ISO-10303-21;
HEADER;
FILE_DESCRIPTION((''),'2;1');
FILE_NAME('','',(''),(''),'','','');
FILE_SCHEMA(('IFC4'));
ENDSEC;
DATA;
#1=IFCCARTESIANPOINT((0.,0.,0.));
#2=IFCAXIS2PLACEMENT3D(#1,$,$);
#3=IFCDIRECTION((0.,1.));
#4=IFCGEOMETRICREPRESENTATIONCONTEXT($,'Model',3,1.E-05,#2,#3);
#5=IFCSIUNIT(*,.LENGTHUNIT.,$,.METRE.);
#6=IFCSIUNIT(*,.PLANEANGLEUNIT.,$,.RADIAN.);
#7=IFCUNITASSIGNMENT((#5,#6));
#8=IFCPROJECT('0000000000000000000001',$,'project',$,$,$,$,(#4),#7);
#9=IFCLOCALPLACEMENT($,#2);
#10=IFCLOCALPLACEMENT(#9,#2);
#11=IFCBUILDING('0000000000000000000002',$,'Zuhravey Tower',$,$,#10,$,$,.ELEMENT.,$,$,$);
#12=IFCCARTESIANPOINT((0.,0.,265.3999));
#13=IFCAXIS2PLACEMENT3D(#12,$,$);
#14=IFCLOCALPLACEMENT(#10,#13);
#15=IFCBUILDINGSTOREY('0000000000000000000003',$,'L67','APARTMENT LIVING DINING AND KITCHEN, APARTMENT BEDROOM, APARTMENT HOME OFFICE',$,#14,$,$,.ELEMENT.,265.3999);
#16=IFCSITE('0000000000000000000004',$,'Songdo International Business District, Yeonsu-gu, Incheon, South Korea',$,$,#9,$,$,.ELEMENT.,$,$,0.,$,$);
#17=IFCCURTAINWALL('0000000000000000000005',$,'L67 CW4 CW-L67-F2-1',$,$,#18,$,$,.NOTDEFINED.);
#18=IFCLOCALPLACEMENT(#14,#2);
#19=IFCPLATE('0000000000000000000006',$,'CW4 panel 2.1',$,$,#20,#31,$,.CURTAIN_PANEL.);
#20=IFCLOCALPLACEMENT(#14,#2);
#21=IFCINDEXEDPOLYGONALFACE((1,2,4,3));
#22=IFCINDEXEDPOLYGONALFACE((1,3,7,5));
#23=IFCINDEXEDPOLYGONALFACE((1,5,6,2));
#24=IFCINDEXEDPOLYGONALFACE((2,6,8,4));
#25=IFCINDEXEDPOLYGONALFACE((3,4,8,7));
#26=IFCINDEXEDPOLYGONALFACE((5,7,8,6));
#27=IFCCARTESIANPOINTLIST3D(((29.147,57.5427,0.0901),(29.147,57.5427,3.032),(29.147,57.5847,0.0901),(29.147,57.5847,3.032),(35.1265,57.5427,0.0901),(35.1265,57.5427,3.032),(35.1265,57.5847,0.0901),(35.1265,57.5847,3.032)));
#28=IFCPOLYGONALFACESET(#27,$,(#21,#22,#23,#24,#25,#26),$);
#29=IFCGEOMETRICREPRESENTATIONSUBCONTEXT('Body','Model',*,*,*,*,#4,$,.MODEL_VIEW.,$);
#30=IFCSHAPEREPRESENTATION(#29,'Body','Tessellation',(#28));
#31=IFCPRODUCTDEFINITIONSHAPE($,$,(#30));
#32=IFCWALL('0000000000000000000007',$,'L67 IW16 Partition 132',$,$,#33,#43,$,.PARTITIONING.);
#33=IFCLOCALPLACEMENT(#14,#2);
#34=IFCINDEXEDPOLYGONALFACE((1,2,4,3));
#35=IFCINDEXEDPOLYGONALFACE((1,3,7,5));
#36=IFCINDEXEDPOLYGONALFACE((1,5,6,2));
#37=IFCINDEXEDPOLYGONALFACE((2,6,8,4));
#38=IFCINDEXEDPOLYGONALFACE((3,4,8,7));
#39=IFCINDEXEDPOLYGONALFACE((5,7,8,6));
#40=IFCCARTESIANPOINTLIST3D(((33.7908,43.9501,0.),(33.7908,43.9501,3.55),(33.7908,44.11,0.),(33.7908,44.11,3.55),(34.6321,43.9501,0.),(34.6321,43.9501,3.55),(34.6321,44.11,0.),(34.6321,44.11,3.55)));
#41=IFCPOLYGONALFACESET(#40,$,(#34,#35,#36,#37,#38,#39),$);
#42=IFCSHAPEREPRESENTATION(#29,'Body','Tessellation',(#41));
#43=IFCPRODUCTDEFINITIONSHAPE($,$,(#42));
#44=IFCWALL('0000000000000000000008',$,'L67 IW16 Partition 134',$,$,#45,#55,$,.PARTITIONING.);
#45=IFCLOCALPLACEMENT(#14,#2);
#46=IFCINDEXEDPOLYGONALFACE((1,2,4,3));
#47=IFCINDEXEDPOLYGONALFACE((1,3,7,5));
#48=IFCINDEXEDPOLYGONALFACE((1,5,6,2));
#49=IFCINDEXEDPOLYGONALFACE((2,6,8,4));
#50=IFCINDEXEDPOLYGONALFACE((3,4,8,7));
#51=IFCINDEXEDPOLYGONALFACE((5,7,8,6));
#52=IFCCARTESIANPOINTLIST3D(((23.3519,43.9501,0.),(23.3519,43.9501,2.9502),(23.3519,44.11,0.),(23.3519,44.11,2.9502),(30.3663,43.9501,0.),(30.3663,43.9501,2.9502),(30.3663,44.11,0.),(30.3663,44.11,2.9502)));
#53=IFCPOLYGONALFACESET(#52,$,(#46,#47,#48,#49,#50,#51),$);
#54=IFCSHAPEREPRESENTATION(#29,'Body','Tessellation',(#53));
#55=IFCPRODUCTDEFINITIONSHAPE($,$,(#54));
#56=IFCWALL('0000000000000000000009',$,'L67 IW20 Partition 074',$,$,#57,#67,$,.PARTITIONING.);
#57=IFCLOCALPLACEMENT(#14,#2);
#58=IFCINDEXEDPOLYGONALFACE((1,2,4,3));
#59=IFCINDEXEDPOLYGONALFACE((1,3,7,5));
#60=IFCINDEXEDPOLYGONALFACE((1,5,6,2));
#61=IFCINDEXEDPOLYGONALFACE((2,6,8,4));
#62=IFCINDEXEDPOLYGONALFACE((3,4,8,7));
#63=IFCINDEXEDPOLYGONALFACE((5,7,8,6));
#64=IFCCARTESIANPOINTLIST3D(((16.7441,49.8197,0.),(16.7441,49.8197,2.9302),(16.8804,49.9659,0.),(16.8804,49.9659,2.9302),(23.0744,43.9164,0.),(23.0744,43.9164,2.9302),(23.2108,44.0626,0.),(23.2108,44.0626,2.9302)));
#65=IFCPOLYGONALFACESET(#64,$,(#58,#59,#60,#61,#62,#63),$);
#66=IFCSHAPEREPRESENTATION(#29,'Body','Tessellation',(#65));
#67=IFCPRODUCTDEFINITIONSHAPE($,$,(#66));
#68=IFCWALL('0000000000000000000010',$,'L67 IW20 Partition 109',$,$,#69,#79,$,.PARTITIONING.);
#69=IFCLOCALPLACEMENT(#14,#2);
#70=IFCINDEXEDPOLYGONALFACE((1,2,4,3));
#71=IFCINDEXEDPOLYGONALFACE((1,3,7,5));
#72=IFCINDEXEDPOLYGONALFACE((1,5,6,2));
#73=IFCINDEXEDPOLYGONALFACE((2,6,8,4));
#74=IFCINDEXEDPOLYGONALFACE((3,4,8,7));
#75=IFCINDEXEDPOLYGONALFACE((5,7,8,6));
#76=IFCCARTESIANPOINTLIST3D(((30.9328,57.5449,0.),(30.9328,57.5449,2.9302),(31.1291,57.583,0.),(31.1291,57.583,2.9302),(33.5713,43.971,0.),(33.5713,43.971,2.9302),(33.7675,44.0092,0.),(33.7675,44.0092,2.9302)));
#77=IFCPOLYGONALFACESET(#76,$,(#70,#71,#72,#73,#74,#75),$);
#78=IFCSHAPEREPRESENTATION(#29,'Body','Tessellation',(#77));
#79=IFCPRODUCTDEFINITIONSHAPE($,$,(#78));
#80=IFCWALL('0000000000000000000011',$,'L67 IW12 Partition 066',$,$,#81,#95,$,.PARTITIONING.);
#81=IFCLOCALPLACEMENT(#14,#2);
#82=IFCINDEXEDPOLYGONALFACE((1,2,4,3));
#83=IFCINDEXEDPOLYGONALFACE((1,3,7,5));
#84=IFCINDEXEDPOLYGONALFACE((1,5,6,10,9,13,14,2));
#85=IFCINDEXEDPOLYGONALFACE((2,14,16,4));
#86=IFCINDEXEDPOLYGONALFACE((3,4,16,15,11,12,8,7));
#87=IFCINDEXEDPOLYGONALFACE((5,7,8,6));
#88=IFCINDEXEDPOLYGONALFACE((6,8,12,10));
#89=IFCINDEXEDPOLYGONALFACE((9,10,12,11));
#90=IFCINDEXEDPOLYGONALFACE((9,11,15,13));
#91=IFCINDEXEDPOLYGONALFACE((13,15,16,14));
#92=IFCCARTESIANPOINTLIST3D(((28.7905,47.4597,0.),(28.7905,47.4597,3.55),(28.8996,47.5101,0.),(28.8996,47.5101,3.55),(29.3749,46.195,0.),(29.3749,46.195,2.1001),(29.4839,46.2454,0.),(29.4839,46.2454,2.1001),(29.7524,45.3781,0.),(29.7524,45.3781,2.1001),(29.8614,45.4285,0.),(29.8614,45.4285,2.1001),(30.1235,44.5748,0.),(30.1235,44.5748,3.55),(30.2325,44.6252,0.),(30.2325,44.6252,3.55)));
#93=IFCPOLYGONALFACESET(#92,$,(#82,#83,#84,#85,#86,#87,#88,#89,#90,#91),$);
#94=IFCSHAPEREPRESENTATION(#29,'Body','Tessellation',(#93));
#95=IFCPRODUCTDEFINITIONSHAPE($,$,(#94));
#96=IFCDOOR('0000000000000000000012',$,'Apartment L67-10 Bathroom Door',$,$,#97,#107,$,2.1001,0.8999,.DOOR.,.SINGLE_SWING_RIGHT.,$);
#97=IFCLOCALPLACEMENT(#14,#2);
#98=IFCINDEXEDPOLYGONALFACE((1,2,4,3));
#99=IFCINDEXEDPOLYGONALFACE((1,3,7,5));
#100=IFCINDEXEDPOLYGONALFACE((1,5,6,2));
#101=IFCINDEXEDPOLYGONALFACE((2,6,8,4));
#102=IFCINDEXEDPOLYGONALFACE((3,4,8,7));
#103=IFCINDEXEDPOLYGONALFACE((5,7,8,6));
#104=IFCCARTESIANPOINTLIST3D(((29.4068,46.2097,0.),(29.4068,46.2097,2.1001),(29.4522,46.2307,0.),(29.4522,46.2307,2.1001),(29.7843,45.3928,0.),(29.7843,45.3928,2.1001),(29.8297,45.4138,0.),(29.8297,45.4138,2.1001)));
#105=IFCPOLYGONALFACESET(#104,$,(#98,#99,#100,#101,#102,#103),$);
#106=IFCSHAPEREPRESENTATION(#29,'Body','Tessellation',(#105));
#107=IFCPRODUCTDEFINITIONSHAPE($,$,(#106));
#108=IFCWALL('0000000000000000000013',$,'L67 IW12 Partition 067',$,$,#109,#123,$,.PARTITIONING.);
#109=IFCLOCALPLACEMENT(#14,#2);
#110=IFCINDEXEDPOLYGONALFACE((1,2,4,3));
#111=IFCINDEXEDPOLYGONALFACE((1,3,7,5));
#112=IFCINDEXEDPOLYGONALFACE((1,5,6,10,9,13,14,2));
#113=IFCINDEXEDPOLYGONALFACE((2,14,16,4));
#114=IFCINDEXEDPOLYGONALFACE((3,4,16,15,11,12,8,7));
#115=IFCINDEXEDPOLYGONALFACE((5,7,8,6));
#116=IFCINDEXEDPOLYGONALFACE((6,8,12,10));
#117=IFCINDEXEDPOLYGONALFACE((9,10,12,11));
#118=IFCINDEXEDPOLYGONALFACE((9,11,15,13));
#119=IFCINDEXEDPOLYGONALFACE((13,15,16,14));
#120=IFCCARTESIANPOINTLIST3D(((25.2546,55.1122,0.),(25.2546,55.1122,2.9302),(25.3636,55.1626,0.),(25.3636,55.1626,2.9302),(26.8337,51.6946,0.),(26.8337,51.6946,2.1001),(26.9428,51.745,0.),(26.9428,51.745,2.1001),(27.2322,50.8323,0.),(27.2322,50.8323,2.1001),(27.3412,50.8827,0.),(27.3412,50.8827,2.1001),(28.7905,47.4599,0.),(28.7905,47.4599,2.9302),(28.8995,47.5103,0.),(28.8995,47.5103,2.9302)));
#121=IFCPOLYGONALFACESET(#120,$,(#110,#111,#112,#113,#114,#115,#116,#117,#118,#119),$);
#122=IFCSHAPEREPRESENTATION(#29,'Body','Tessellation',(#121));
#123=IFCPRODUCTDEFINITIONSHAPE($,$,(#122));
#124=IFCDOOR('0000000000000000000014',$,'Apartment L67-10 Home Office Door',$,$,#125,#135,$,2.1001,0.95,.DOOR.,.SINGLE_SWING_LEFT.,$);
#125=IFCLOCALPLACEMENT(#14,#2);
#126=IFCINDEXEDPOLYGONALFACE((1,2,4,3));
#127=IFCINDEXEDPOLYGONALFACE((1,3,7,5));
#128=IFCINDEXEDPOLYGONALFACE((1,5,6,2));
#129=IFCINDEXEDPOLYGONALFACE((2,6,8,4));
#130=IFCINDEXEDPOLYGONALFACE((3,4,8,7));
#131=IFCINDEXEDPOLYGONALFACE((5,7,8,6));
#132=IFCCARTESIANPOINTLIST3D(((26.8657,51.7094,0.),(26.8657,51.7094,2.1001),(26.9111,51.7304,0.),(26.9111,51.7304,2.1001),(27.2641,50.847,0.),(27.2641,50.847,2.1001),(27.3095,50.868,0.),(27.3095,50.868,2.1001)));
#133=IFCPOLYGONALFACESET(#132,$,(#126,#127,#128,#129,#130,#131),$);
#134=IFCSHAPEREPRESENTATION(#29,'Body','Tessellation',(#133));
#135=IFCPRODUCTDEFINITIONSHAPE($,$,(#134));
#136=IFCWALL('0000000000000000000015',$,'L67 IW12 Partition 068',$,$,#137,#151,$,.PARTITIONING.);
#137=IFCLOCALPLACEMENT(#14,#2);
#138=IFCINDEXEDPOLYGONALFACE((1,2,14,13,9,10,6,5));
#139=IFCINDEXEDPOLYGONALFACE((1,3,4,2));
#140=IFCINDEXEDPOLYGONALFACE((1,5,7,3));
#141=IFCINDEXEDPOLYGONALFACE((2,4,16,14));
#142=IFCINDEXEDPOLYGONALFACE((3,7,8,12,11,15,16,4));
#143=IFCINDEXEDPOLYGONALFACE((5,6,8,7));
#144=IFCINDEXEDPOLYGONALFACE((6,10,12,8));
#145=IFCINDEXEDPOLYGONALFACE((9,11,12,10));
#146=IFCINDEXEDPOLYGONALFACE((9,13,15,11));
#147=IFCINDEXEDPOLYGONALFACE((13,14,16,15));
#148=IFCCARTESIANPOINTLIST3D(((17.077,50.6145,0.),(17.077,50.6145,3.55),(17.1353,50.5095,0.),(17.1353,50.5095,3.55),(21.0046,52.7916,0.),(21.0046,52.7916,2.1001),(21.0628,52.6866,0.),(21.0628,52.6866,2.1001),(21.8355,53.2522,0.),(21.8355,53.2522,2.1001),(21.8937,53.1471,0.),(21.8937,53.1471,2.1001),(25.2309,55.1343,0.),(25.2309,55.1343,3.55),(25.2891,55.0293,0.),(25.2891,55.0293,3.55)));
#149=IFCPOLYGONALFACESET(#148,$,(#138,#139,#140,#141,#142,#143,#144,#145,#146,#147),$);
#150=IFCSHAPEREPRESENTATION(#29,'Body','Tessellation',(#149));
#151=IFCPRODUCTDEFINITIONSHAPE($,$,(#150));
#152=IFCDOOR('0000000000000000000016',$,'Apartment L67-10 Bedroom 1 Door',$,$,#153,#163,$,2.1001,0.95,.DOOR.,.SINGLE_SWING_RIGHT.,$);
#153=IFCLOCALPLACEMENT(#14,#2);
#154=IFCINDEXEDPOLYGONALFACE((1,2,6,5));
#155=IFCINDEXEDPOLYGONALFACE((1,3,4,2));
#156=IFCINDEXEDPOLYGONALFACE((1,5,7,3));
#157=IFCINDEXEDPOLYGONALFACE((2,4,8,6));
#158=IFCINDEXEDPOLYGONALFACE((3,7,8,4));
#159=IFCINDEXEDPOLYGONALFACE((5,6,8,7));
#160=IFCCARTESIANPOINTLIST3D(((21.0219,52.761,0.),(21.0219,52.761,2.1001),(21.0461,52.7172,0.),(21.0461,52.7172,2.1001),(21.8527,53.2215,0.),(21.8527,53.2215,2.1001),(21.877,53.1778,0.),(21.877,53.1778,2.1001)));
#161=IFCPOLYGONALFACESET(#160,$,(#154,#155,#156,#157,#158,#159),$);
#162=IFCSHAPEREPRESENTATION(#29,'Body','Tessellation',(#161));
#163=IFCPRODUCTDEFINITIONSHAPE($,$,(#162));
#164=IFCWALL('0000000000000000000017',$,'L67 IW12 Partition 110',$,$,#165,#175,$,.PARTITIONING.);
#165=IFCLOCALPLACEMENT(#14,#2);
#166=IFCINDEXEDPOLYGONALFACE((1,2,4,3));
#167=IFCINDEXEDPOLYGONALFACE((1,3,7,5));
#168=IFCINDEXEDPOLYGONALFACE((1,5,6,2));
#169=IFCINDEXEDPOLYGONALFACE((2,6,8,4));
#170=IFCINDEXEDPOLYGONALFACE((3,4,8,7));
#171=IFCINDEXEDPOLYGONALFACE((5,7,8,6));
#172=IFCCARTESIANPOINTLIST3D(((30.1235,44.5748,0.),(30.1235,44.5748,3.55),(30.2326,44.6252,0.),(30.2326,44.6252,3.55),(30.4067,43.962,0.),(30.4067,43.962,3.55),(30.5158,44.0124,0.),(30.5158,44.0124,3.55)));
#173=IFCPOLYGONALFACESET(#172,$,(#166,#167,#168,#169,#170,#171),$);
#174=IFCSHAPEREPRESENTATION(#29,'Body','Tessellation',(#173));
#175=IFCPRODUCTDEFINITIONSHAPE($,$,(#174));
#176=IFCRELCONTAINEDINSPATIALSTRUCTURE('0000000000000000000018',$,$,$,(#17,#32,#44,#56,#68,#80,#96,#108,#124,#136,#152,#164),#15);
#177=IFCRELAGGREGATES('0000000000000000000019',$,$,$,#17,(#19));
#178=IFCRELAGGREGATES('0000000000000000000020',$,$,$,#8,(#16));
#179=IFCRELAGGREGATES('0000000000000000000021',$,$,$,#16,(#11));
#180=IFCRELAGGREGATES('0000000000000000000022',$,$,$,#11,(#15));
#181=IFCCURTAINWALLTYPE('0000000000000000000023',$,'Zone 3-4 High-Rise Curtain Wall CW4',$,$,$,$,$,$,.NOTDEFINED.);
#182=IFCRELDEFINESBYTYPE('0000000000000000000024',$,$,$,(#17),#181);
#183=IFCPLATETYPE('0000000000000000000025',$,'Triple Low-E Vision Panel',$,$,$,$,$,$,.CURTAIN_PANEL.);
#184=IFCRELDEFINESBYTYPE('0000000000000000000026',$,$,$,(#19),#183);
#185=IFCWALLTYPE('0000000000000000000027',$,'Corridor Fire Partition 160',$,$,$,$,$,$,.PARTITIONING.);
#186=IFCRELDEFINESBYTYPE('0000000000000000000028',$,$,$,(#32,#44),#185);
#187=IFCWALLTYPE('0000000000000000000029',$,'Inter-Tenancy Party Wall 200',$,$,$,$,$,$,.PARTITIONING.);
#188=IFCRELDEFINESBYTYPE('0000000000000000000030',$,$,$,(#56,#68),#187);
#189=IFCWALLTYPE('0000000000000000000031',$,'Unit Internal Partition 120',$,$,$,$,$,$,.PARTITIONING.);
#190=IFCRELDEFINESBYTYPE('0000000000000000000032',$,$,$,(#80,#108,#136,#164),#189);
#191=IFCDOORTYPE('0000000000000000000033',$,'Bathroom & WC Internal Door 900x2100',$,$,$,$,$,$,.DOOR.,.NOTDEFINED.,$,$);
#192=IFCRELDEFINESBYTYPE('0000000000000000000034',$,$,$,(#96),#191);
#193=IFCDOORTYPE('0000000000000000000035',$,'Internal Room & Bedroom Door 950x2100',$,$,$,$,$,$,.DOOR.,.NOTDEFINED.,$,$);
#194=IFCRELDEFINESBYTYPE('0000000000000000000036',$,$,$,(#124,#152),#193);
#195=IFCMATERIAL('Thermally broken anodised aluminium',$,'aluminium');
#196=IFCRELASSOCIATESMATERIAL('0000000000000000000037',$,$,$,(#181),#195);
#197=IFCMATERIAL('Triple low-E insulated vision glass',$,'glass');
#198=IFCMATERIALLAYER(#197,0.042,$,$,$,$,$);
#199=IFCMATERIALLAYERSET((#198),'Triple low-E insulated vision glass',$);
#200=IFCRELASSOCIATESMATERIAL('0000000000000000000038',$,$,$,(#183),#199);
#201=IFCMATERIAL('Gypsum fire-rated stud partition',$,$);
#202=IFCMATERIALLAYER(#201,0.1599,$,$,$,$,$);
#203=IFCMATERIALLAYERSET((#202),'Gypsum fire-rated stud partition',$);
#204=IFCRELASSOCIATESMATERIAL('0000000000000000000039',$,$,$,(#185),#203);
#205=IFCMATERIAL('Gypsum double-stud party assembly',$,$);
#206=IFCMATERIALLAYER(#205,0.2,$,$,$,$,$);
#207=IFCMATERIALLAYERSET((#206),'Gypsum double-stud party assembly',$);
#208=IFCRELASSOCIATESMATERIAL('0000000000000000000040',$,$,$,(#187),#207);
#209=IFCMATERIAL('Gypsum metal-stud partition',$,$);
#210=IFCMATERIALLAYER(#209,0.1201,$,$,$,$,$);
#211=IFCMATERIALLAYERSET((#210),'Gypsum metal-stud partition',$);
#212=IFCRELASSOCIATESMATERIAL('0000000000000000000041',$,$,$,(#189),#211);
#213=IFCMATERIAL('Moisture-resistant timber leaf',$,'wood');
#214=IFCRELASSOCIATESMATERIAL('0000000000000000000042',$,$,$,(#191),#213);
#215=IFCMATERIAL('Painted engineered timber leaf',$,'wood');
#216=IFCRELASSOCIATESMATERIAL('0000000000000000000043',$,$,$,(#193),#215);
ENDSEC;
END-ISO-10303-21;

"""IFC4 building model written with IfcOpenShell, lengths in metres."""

from ifc_helpers import new_model, si_unit, direction, frame, frame_2d, origin, origin_2d, place, context, subcontext, project, spatial, rectangle, extrude, material, layer, layer_set, type_object, element, fill, aggregate, save


model = new_model("IFC4")

# Units and contexts
model_context = context("Model", 3, precision=1e-05, world=origin(), true_north=direction((0.0, 1.0)))
body_context = subcontext(model_context, "Body", "Model", "MODEL_VIEW")
ifc_project = project(units=[si_unit("LENGTHUNIT", "METRE"), si_unit("PLANEANGLEUNIT", "RADIAN")], contexts=[model_context])

# Site, building, storey
site_placement = place(None, origin())
site = spatial("IfcSite", under=ifc_project, at=site_placement, Name="Songdo International Business District, Yeonsu-gu, Incheon, South Korea", CompositionType="ELEMENT", RefElevation=0.0)
building_placement = place(site_placement, origin())
building = spatial("IfcBuilding", under=site, at=building_placement, Name="Zuhravey Tower", CompositionType="ELEMENT")
storey_placement = place(building_placement, frame((0.0, 0.0, 265.3999)))
storey = spatial("IfcBuildingStorey", under=building, at=storey_placement, Name="L67", Description="APARTMENT LIVING DINING AND KITCHEN, APARTMENT BEDROOM, APARTMENT HOME OFFICE", CompositionType="ELEMENT", Elevation=265.3999)

# Curtain wall
ifc_material_1 = material(Name="Thermally broken anodised aluminium", Category="aluminium")
curtain_wall_type = type_object("IfcCurtainWallType", Name="Zone 3-4 High-Rise Curtain Wall CW4", PredefinedType="NOTDEFINED", material=ifc_material_1)
curtain_wall_placement = place(storey_placement, origin())
curtain_wall = element("IfcCurtainWall", 1, at=curtain_wall_placement, inside=storey, type_object=curtain_wall_type, Name="L67 CW4 CW-L67-F2-1", PredefinedType="NOTDEFINED")

# Plate
ifc_material_2 = material(Name="Triple low-E insulated vision glass", Category="glass")
ifc_layer_1 = layer(ifc_material_2, 0.042)
ifc_layer_set_1 = layer_set([ifc_layer_1], Name="Triple low-E insulated vision glass")
plate_type = type_object("IfcPlateType", Name="Triple Low-E Vision Panel", PredefinedType="CURTAIN_PANEL", material=ifc_layer_set_1)
plate_1_placement = place(storey_placement, frame((32.1367, 57.5637, 0.0901), z_axis=(0.0, 0.0, 1.0), x_axis=(1.0, 0.0, 0.0)))
plate_1 = element("IfcPlate", 2, at=plate_1_placement, type_object=plate_type, Name="CW4 panel 2.1", PredefinedType="CURTAIN_PANEL", context=body_context, shape_type="SweptSolid", body=[
    extrude(rectangle(XDim=5.9795, YDim=0.042, at=origin_2d()), origin(), (0.0, 0.0, 1.0), 2.9419),
])
aggregate(curtain_wall, [plate_1])

# Shared definitions
ifc_material_3 = material(Name="Gypsum fire-rated stud partition")
ifc_layer_2 = layer(ifc_material_3, 0.1599)
ifc_layer_set_2 = layer_set([ifc_layer_2], Name="Gypsum fire-rated stud partition")
wall_type_1 = type_object("IfcWallType", Name="Corridor Fire Partition 160", PredefinedType="PARTITIONING", material=ifc_layer_set_2)

# Walls
wall_1_placement = place(storey_placement, frame((34.6321, 44.03, 0.0), z_axis=(0.0, 0.0, 1.0), x_axis=(-1.0, 0.0, 0.0)))
element("IfcWall", 3, at=wall_1_placement, inside=storey, type_object=wall_type_1, Name="L67 IW16 Partition 132", PredefinedType="PARTITIONING", context=body_context, shape_type="SweptSolid", body=[
    extrude(rectangle(XDim=0.8413, YDim=0.1599, at=frame_2d((0.4207, 0.0))), origin(), (0.0, 0.0, 1.0), 3.55),
])
wall_2_placement = place(storey_placement, frame((30.3665, 44.03, 0.0), z_axis=(0.0, 0.0, 1.0), x_axis=(-1.0, 0.0, 0.0)))
element("IfcWall", 4, at=wall_2_placement, inside=storey, type_object=wall_type_1, Name="L67 IW16 Partition 134", PredefinedType="PARTITIONING", context=body_context, shape_type="SweptSolid", body=[
    extrude(rectangle(XDim=7.0144, YDim=0.1599, at=frame_2d((3.5073, 0.0))), origin(), (0.0, 0.0, 1.0), 2.9502),
])
ifc_material_4 = material(Name="Gypsum double-stud party assembly")
ifc_layer_3 = layer(ifc_material_4, 0.2)
ifc_layer_set_3 = layer_set([ifc_layer_3], Name="Gypsum double-stud party assembly")
wall_type_2 = type_object("IfcWallType", Name="Inter-Tenancy Party Wall 200", PredefinedType="PARTITIONING", material=ifc_layer_set_3)
wall_3_placement = place(storey_placement, frame((23.1426, 43.9895, 0.0), z_axis=(0.0, 0.0, 1.0), x_axis=(-0.731342, 0.682011, 0.0)))
element("IfcWall", 5, at=wall_3_placement, inside=storey, type_object=wall_type_2, Name="L67 IW20 Partition 074", PredefinedType="PARTITIONING", context=body_context, shape_type="SweptSolid", body=[
    extrude(rectangle(XDim=8.6558, YDim=0.2, at=frame_2d((4.3279, 0.0))), origin(), (0.0, 0.0, 1.0), 2.9302),
])
wall_4_placement = place(storey_placement, frame((33.6694, 43.99, 0.0), z_axis=(0.0, 0.0, 1.0), x_axis=(-0.190806, 0.981628, 0.0)))
element("IfcWall", 6, at=wall_4_placement, inside=storey, type_object=wall_type_2, Name="L67 IW20 Partition 109", PredefinedType="PARTITIONING", context=body_context, shape_type="SweptSolid", body=[
    extrude(rectangle(XDim=13.8279, YDim=0.2, at=frame_2d((6.9141, 0.0))), origin(), (0.0, 0.0, 1.0), 2.9302),
])

# Walls, openings, doors
ifc_material_5 = material(Name="Gypsum metal-stud partition")
ifc_layer_4 = layer(ifc_material_5, 0.1201)
ifc_layer_set_4 = layer_set([ifc_layer_4], Name="Gypsum metal-stud partition")
wall_type_3 = type_object("IfcWallType", Name="Unit Internal Partition 120", PredefinedType="PARTITIONING", material=ifc_layer_set_4)
wall_5_placement = place(storey_placement, frame((30.178, 44.6001, 0.0), z_axis=(0.0, 0.0, 1.0), x_axis=(-0.419438, 0.907784, 0.0)))
wall_5 = element("IfcWall", 7, at=wall_5_placement, inside=storey, type_object=wall_type_3, Name="L67 IW12 Partition 066", PredefinedType="PARTITIONING", context=body_context, shape_type="SweptSolid", body=[
    extrude(rectangle(XDim=3.178, YDim=0.1201, at=frame_2d((1.5889, 0.0))), origin(), (0.0, 0.0, 1.0), 3.55),
])
opening_1_placement = place(wall_5_placement, frame((0.8848, 0.0, 0.0)))
opening_1 = element("IfcOpeningElement", 8, at=opening_1_placement, cuts=wall_5, PredefinedType="OPENING", context=body_context, shape_type="SweptSolid", body=[
    extrude(rectangle(XDim=0.8999, YDim=2.1001, at=frame_2d((0.45, 1.05))), frame((0.0, 0.072, 0.0), z_axis=(0.0, -1.0, 0.0), x_axis=(1.0, 0.0, 0.0)), (0.0, 0.0, 1.0), 0.144),
])
ifc_material_6 = material(Name="Moisture-resistant timber leaf", Category="wood")
door_type_1 = type_object("IfcDoorType", Name="Bathroom & WC Internal Door 900x2100", OperationType="NOTDEFINED", PredefinedType="DOOR", material=ifc_material_6)
door_1_placement = place(opening_1_placement, origin())
door_1 = element("IfcDoor", 9, at=door_1_placement, inside=storey, type_object=door_type_1, Name="Apartment L67-10 Bathroom Door", OperationType="SINGLE_SWING_RIGHT", OverallHeight=2.1001, OverallWidth=0.8999, PredefinedType="DOOR", context=body_context, shape_type="SweptSolid", body=[
    extrude(rectangle(XDim=0.8999, YDim=2.1001, at=frame_2d((0.45, 1.05))), frame((0.0, 0.0249, 0.0), z_axis=(0.0, -1.0, 0.0), x_axis=(1.0, 0.0, 0.0)), (0.0, 0.0, 1.0), 0.05),
])
fill(opening_1, door_1)
wall_6_placement = place(storey_placement, frame((28.845, 47.4851, 0.0), z_axis=(0.0, 0.0, 1.0), x_axis=(-0.419453, 0.907777, 0.0)))
wall_6 = element("IfcWall", 10, at=wall_6_placement, inside=storey, type_object=wall_type_3, Name="L67 IW12 Partition 067", PredefinedType="PARTITIONING", context=body_context, shape_type="SweptSolid", body=[
    extrude(rectangle(XDim=8.4297, YDim=0.1201, at=frame_2d((4.2148, 0.0))), origin(), (0.0, 0.0, 1.0), 2.9302),
])
opening_2_placement = place(wall_6_placement, frame((3.7148, 0.0, 0.0)))
opening_2 = element("IfcOpeningElement", 11, at=opening_2_placement, cuts=wall_6, PredefinedType="OPENING", context=body_context, shape_type="SweptSolid", body=[
    extrude(rectangle(XDim=0.95, YDim=2.1001, at=frame_2d((0.4751, 1.05))), frame((0.0, 0.072, 0.0), z_axis=(0.0, -1.0, 0.0), x_axis=(1.0, 0.0, 0.0)), (0.0, 0.0, 1.0), 0.144),
])
ifc_material_7 = material(Name="Painted engineered timber leaf", Category="wood")
door_type_2 = type_object("IfcDoorType", Name="Internal Room & Bedroom Door 950x2100", OperationType="NOTDEFINED", PredefinedType="DOOR", material=ifc_material_7)
door_2_placement = place(opening_2_placement, origin())
door_2 = element("IfcDoor", 12, at=door_2_placement, inside=storey, type_object=door_type_2, Name="Apartment L67-10 Home Office Door", OperationType="SINGLE_SWING_LEFT", OverallHeight=2.1001, OverallWidth=0.95, PredefinedType="DOOR", context=body_context, shape_type="SweptSolid", body=[
    extrude(rectangle(XDim=0.95, YDim=2.1001, at=frame_2d((0.4751, 1.05))), frame((0.0, 0.0249, 0.0), z_axis=(0.0, -1.0, 0.0), x_axis=(1.0, 0.0, 0.0)), (0.0, 0.0, 1.0), 0.05),
])
fill(opening_2, door_2)
wall_7_placement = place(storey_placement, frame((25.26, 55.0818, 0.0), z_axis=(0.0, 0.0, 1.0), x_axis=(-0.874618, -0.484813, 0.0)))
wall_7 = element("IfcWall", 13, at=wall_7_placement, inside=storey, type_object=wall_type_3, Name="L67 IW12 Partition 068", PredefinedType="PARTITIONING", context=body_context, shape_type="SweptSolid", body=[
    extrude(rectangle(XDim=9.3228, YDim=0.1201, at=frame_2d((4.6614, 0.0))), origin(), (0.0, 0.0, 1.0), 3.55),
])
opening_3_placement = place(wall_7_placement, frame((3.8821, 0.0, 0.0)))
opening_3 = element("IfcOpeningElement", 14, at=opening_3_placement, cuts=wall_7, PredefinedType="OPENING", context=body_context, shape_type="SweptSolid", body=[
    extrude(rectangle(XDim=0.95, YDim=2.1001, at=frame_2d((0.4751, 1.05))), frame((0.0, 0.072, 0.0), z_axis=(0.0, -1.0, 0.0), x_axis=(1.0, 0.0, 0.0)), (0.0, 0.0, 1.0), 0.144),
])
door_3_placement = place(opening_3_placement, frame((0.95, 0.0, 0.0), z_axis=(0.0, 0.0, 1.0), x_axis=(-1.0, 0.0, 0.0)))
door_3 = element("IfcDoor", 15, at=door_3_placement, inside=storey, type_object=door_type_2, Name="Apartment L67-10 Bedroom 1 Door", OperationType="SINGLE_SWING_RIGHT", OverallHeight=2.1001, OverallWidth=0.95, PredefinedType="DOOR", context=body_context, shape_type="SweptSolid", body=[
    extrude(rectangle(XDim=0.95, YDim=2.1001, at=frame_2d((0.4751, 1.05))), frame((0.0, 0.0249, 0.0), z_axis=(0.0, -1.0, 0.0), x_axis=(1.0, 0.0, 0.0)), (0.0, 0.0, 1.0), 0.05),
])
fill(opening_3, door_3)

# Wall
wall_8_placement = place(storey_placement, frame((30.4612, 43.9873, 0.0), z_axis=(0.0, 0.0, 1.0), x_axis=(-0.419517, 0.907748, 0.0)))
element("IfcWall", 16, at=wall_8_placement, inside=storey, type_object=wall_type_3, Name="L67 IW12 Partition 110", PredefinedType="PARTITIONING", context=body_context, shape_type="SweptSolid", body=[
    extrude(rectangle(XDim=0.675, YDim=0.1201, at=frame_2d((0.3374, 0.0))), origin(), (0.0, 0.0, 1.0), 3.55),
])

save(model, "model.ifc")
